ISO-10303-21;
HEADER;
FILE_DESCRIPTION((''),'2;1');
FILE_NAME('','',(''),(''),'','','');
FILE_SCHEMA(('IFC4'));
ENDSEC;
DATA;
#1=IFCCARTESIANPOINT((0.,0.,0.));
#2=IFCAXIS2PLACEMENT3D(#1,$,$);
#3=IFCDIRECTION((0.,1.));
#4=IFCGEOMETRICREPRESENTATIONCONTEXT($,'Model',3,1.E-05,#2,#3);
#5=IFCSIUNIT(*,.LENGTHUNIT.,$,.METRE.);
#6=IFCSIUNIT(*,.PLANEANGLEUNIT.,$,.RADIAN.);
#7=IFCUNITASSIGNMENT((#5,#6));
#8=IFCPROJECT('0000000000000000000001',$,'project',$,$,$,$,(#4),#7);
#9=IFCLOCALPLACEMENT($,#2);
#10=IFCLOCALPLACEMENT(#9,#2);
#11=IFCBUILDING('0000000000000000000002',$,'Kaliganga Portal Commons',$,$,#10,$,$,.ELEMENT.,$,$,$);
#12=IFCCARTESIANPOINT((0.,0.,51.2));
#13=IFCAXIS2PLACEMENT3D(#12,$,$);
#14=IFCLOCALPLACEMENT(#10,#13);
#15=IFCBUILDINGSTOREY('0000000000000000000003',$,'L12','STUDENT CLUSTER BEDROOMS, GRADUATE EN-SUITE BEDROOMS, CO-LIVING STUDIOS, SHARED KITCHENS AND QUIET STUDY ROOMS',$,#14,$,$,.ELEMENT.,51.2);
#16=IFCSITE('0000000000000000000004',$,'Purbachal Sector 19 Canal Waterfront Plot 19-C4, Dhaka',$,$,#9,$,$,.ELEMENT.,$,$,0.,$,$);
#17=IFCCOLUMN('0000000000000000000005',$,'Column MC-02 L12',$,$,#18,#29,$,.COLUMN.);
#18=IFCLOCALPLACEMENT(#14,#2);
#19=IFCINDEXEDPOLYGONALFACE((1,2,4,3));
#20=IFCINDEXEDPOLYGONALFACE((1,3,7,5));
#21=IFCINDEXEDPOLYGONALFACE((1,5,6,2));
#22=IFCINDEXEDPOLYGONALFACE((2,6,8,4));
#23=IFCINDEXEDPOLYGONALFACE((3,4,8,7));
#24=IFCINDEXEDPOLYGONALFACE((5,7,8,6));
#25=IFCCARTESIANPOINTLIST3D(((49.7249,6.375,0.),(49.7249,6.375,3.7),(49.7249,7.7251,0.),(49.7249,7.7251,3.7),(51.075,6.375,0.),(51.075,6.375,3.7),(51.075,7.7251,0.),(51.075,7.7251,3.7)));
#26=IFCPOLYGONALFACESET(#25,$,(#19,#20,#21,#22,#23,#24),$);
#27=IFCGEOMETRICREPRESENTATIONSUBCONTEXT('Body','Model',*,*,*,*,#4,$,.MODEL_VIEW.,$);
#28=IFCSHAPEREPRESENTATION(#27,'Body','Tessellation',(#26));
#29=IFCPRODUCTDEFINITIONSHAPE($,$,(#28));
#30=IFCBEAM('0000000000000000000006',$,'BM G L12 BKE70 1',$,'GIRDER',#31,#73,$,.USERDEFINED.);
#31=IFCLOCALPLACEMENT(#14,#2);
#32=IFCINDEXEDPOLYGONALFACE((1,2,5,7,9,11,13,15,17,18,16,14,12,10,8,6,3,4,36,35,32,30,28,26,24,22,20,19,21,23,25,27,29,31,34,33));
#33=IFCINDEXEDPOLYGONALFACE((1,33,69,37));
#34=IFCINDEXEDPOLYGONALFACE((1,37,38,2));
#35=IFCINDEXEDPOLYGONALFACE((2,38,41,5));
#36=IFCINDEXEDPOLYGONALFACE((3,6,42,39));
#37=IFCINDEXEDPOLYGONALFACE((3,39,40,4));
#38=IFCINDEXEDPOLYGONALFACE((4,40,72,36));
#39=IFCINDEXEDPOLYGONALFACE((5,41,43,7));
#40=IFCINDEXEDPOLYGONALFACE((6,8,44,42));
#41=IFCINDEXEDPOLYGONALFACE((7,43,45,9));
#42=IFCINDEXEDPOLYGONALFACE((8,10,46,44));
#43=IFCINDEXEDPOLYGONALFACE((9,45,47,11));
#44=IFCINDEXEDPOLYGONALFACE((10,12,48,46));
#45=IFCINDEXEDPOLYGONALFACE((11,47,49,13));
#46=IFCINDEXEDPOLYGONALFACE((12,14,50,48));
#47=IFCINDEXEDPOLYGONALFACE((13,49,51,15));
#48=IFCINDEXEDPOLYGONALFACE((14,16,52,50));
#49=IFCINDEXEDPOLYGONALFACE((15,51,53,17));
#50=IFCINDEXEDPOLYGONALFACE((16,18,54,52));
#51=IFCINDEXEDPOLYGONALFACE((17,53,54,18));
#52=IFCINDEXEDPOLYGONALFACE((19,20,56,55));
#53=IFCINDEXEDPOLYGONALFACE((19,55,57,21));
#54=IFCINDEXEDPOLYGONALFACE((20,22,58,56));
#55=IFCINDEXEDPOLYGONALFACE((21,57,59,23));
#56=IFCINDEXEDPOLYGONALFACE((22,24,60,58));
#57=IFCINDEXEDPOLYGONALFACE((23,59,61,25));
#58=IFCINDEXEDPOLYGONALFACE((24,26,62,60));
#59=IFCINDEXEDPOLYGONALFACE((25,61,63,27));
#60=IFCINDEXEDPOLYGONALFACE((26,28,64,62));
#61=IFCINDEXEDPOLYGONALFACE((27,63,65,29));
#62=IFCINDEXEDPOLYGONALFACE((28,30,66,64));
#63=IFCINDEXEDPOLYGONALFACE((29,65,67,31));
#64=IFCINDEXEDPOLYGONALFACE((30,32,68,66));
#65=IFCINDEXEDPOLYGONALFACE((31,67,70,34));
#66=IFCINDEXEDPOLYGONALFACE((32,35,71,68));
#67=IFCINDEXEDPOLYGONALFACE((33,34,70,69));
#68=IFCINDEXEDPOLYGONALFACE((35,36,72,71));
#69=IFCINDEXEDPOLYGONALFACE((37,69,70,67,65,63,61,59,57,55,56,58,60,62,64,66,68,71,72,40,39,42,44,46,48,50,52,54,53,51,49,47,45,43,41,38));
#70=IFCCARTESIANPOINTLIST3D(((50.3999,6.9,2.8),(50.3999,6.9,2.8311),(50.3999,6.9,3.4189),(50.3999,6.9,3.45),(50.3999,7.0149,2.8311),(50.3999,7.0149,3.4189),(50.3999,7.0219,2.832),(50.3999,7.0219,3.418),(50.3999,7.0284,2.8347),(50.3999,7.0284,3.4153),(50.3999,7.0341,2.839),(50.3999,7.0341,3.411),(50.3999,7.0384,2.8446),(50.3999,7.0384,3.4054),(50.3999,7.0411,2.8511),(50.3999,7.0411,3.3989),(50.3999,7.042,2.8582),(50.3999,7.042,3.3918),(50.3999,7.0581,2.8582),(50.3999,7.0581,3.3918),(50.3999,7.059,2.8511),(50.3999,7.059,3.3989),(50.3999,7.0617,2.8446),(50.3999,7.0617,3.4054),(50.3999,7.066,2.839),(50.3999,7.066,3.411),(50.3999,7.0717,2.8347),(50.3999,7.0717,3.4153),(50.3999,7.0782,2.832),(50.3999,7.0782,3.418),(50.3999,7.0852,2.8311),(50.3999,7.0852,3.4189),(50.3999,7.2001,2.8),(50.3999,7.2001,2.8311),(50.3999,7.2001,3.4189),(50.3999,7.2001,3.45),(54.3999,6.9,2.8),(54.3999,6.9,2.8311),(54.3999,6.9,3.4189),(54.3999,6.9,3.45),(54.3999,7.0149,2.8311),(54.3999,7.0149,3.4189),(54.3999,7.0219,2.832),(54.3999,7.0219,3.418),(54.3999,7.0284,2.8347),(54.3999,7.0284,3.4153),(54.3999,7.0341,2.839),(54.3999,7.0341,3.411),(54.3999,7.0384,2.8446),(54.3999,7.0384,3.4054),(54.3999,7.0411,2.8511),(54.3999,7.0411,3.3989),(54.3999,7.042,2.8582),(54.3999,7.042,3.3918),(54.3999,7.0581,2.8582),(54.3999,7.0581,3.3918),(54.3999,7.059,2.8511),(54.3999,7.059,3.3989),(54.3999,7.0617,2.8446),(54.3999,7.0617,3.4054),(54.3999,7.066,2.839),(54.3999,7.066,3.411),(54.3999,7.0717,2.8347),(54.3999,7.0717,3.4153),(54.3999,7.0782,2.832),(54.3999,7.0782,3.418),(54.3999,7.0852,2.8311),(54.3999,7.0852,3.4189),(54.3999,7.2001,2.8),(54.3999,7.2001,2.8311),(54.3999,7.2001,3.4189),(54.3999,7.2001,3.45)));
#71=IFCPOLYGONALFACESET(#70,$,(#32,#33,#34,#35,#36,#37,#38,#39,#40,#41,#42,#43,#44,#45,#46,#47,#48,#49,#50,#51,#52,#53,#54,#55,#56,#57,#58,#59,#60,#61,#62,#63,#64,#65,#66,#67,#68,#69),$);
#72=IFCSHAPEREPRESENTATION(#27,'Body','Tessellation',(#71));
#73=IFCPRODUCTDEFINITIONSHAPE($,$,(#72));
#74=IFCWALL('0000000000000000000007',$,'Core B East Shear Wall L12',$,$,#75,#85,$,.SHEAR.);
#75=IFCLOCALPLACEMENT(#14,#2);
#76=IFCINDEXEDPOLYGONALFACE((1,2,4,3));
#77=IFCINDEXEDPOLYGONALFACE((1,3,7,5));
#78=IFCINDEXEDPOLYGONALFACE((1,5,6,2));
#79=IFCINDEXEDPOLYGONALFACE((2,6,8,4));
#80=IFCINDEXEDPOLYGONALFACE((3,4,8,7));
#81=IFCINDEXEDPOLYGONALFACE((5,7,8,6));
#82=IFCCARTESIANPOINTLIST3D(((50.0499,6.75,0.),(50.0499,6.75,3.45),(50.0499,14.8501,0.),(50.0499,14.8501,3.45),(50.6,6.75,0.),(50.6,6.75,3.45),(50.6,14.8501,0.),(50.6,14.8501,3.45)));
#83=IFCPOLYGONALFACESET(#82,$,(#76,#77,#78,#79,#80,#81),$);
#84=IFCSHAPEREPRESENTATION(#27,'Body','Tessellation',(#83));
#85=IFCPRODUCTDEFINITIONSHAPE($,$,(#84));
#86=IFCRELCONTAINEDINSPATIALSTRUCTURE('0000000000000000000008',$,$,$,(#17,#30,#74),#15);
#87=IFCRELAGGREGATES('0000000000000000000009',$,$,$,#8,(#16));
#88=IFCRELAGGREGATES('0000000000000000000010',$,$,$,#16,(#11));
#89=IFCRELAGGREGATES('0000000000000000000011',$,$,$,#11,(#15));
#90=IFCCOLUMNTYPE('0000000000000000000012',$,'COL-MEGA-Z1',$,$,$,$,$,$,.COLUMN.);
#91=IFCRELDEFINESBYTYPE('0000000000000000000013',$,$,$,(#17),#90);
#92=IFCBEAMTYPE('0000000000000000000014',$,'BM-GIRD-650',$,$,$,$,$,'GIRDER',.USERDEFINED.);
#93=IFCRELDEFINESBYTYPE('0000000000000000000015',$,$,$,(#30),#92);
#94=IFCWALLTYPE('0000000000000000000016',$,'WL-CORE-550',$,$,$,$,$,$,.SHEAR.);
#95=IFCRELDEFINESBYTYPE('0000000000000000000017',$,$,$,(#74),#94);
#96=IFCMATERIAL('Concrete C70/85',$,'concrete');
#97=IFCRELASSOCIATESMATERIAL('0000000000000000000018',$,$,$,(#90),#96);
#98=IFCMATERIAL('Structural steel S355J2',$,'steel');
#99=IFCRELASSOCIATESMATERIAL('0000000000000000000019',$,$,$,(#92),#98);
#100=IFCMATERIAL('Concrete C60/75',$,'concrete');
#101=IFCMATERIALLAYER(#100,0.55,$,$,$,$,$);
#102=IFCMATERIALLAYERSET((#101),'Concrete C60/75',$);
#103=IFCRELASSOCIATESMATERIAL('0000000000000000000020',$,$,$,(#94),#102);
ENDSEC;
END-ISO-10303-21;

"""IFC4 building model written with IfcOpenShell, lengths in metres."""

from ifc_helpers import new_model, si_unit, direction, frame, frame_2d, origin, origin_2d, place, context, subcontext, project, spatial, rectangle, i_section, extrude, source, transform, mapped, material, layer, layer_set, material_profile, profile_set, type_object, element, save


model = new_model("IFC4")

# Units and contexts
model_context = context("Model", 3, precision=1e-05, world=origin(), true_north=direction((0.0, 1.0)))
body_context = subcontext(model_context, "Body", "Model", "MODEL_VIEW")
ifc_project = project(units=[si_unit("LENGTHUNIT", "METRE"), si_unit("PLANEANGLEUNIT", "RADIAN")], contexts=[model_context])

# Site, building, storey
site_placement = place(None, origin())
site = spatial("IfcSite", under=ifc_project, at=site_placement, Name="Purbachal Sector 19 Canal Waterfront Plot 19-C4, Dhaka", CompositionType="ELEMENT", RefElevation=0.0)
building_placement = place(site_placement, origin())
building = spatial("IfcBuilding", under=site, at=building_placement, Name="Kaliganga Portal Commons", CompositionType="ELEMENT")
storey_placement = place(building_placement, frame((0.0, 0.0, 51.2)))
storey = spatial("IfcBuildingStorey", under=building, at=storey_placement, Name="L12", Description="STUDENT CLUSTER BEDROOMS, GRADUATE EN-SUITE BEDROOMS, CO-LIVING STUDIOS, SHARED KITCHENS AND QUIET STUDY ROOMS", CompositionType="ELEMENT", Elevation=51.2)

# Column
ifc_material_1 = material(Name="Concrete C70/85", Category="concrete")
ifc_material_profile_1 = material_profile(ifc_material_1, rectangle(XDim=1.3501, YDim=1.3501, at=origin_2d()), Name="RC 1350x1350")
ifc_profile_set_1 = profile_set([ifc_material_profile_1], Name="Concrete C70/85")
column_type = type_object("IfcColumnType", Name="COL-MEGA-Z1", PredefinedType="COLUMN", material=ifc_profile_set_1)
shared_shape_1 = source(origin(), body_context, "Body", "SweptSolid", [
    extrude(rectangle(XDim=1.3501, YDim=1.3501, at=origin_2d()), origin(), (0.0, 0.0, 1.0), 3.7),
])
column_placement = place(storey_placement, frame((50.3999, 7.05, 0.0), z_axis=(0.0, 0.0, 1.0), x_axis=(1.0, 0.0, 0.0)))
element("IfcColumn", 1, at=column_placement, inside=storey, type_object=column_type, Name="Column MC-02 L12", PredefinedType="COLUMN", context=body_context, shape_type="MappedRepresentation", body=[
    mapped(shared_shape_1, transform((0.0, 0.0, 0.0), x_axis=(1.0, 0.0, 0.0), y_axis=(0.0, 1.0, 0.0), z_axis=(0.0, 0.0, 1.0), scale=1.0)),
])

# Beam
ifc_material_2 = material(Name="Structural steel S355J2", Category="steel")
ifc_material_profile_2 = material_profile(ifc_material_2, i_section(OverallWidth=0.3, OverallDepth=0.6499, WebThickness=0.0161, FlangeThickness=0.031, FilletRadius=0.0271, at=origin_2d()), Name="HE 650 B")
ifc_profile_set_2 = profile_set([ifc_material_profile_2], Name="Structural steel S355J2 wide-flange")
beam_type = type_object("IfcBeamType", Name="BM-GIRD-650", ElementType="GIRDER", PredefinedType="USERDEFINED", material=ifc_profile_set_2)
shared_shape_2 = source(origin(), body_context, "Body", "SweptSolid", [
    extrude(i_section(OverallWidth=0.3, OverallDepth=0.6499, WebThickness=0.0161, FlangeThickness=0.031, FilletRadius=0.0271, at=origin_2d()), origin(), (0.0, 0.0, 1.0), 4.0),
])
beam_placement = place(storey_placement, frame((50.3999, 7.05, 3.125), z_axis=(1.0, 0.0, 0.0), x_axis=(0.0, 1.0, 0.0)))
element("IfcBeam", 2, at=beam_placement, inside=storey, type_object=beam_type, Name="BM G L12 BKE70 1", ObjectType="GIRDER", PredefinedType="USERDEFINED", context=body_context, shape_type="MappedRepresentation", body=[
    mapped(shared_shape_2, transform((0.0, 0.0, 0.0), x_axis=(1.0, 0.0, 0.0), y_axis=(0.0, 1.0, 0.0), z_axis=(0.0, 0.0, 1.0), scale=1.0)),
])

# Wall
ifc_material_3 = material(Name="Concrete C60/75", Category="concrete")
ifc_layer_1 = layer(ifc_material_3, 0.55)
ifc_layer_set_1 = layer_set([ifc_layer_1], Name="Concrete C60/75")
wall_type_1 = type_object("IfcWallType", Name="WL-CORE-550", PredefinedType="SHEAR", material=ifc_layer_set_1)
wall_1_placement = place(storey_placement, frame((50.325, 6.75, 0.0), z_axis=(0.0, 0.0, 1.0), x_axis=(0.0, 1.0, 0.0)))
element("IfcWall", 3, at=wall_1_placement, inside=storey, type_object=wall_type_1, Name="Core B East Shear Wall L12", PredefinedType="SHEAR", context=body_context, shape_type="SweptSolid", body=[
    extrude(rectangle(XDim=8.1001, YDim=0.55, at=frame_2d((4.05, 0.0))), origin(), (0.0, 0.0, 1.0), 3.45),
])

save(model, "model.ifc")
